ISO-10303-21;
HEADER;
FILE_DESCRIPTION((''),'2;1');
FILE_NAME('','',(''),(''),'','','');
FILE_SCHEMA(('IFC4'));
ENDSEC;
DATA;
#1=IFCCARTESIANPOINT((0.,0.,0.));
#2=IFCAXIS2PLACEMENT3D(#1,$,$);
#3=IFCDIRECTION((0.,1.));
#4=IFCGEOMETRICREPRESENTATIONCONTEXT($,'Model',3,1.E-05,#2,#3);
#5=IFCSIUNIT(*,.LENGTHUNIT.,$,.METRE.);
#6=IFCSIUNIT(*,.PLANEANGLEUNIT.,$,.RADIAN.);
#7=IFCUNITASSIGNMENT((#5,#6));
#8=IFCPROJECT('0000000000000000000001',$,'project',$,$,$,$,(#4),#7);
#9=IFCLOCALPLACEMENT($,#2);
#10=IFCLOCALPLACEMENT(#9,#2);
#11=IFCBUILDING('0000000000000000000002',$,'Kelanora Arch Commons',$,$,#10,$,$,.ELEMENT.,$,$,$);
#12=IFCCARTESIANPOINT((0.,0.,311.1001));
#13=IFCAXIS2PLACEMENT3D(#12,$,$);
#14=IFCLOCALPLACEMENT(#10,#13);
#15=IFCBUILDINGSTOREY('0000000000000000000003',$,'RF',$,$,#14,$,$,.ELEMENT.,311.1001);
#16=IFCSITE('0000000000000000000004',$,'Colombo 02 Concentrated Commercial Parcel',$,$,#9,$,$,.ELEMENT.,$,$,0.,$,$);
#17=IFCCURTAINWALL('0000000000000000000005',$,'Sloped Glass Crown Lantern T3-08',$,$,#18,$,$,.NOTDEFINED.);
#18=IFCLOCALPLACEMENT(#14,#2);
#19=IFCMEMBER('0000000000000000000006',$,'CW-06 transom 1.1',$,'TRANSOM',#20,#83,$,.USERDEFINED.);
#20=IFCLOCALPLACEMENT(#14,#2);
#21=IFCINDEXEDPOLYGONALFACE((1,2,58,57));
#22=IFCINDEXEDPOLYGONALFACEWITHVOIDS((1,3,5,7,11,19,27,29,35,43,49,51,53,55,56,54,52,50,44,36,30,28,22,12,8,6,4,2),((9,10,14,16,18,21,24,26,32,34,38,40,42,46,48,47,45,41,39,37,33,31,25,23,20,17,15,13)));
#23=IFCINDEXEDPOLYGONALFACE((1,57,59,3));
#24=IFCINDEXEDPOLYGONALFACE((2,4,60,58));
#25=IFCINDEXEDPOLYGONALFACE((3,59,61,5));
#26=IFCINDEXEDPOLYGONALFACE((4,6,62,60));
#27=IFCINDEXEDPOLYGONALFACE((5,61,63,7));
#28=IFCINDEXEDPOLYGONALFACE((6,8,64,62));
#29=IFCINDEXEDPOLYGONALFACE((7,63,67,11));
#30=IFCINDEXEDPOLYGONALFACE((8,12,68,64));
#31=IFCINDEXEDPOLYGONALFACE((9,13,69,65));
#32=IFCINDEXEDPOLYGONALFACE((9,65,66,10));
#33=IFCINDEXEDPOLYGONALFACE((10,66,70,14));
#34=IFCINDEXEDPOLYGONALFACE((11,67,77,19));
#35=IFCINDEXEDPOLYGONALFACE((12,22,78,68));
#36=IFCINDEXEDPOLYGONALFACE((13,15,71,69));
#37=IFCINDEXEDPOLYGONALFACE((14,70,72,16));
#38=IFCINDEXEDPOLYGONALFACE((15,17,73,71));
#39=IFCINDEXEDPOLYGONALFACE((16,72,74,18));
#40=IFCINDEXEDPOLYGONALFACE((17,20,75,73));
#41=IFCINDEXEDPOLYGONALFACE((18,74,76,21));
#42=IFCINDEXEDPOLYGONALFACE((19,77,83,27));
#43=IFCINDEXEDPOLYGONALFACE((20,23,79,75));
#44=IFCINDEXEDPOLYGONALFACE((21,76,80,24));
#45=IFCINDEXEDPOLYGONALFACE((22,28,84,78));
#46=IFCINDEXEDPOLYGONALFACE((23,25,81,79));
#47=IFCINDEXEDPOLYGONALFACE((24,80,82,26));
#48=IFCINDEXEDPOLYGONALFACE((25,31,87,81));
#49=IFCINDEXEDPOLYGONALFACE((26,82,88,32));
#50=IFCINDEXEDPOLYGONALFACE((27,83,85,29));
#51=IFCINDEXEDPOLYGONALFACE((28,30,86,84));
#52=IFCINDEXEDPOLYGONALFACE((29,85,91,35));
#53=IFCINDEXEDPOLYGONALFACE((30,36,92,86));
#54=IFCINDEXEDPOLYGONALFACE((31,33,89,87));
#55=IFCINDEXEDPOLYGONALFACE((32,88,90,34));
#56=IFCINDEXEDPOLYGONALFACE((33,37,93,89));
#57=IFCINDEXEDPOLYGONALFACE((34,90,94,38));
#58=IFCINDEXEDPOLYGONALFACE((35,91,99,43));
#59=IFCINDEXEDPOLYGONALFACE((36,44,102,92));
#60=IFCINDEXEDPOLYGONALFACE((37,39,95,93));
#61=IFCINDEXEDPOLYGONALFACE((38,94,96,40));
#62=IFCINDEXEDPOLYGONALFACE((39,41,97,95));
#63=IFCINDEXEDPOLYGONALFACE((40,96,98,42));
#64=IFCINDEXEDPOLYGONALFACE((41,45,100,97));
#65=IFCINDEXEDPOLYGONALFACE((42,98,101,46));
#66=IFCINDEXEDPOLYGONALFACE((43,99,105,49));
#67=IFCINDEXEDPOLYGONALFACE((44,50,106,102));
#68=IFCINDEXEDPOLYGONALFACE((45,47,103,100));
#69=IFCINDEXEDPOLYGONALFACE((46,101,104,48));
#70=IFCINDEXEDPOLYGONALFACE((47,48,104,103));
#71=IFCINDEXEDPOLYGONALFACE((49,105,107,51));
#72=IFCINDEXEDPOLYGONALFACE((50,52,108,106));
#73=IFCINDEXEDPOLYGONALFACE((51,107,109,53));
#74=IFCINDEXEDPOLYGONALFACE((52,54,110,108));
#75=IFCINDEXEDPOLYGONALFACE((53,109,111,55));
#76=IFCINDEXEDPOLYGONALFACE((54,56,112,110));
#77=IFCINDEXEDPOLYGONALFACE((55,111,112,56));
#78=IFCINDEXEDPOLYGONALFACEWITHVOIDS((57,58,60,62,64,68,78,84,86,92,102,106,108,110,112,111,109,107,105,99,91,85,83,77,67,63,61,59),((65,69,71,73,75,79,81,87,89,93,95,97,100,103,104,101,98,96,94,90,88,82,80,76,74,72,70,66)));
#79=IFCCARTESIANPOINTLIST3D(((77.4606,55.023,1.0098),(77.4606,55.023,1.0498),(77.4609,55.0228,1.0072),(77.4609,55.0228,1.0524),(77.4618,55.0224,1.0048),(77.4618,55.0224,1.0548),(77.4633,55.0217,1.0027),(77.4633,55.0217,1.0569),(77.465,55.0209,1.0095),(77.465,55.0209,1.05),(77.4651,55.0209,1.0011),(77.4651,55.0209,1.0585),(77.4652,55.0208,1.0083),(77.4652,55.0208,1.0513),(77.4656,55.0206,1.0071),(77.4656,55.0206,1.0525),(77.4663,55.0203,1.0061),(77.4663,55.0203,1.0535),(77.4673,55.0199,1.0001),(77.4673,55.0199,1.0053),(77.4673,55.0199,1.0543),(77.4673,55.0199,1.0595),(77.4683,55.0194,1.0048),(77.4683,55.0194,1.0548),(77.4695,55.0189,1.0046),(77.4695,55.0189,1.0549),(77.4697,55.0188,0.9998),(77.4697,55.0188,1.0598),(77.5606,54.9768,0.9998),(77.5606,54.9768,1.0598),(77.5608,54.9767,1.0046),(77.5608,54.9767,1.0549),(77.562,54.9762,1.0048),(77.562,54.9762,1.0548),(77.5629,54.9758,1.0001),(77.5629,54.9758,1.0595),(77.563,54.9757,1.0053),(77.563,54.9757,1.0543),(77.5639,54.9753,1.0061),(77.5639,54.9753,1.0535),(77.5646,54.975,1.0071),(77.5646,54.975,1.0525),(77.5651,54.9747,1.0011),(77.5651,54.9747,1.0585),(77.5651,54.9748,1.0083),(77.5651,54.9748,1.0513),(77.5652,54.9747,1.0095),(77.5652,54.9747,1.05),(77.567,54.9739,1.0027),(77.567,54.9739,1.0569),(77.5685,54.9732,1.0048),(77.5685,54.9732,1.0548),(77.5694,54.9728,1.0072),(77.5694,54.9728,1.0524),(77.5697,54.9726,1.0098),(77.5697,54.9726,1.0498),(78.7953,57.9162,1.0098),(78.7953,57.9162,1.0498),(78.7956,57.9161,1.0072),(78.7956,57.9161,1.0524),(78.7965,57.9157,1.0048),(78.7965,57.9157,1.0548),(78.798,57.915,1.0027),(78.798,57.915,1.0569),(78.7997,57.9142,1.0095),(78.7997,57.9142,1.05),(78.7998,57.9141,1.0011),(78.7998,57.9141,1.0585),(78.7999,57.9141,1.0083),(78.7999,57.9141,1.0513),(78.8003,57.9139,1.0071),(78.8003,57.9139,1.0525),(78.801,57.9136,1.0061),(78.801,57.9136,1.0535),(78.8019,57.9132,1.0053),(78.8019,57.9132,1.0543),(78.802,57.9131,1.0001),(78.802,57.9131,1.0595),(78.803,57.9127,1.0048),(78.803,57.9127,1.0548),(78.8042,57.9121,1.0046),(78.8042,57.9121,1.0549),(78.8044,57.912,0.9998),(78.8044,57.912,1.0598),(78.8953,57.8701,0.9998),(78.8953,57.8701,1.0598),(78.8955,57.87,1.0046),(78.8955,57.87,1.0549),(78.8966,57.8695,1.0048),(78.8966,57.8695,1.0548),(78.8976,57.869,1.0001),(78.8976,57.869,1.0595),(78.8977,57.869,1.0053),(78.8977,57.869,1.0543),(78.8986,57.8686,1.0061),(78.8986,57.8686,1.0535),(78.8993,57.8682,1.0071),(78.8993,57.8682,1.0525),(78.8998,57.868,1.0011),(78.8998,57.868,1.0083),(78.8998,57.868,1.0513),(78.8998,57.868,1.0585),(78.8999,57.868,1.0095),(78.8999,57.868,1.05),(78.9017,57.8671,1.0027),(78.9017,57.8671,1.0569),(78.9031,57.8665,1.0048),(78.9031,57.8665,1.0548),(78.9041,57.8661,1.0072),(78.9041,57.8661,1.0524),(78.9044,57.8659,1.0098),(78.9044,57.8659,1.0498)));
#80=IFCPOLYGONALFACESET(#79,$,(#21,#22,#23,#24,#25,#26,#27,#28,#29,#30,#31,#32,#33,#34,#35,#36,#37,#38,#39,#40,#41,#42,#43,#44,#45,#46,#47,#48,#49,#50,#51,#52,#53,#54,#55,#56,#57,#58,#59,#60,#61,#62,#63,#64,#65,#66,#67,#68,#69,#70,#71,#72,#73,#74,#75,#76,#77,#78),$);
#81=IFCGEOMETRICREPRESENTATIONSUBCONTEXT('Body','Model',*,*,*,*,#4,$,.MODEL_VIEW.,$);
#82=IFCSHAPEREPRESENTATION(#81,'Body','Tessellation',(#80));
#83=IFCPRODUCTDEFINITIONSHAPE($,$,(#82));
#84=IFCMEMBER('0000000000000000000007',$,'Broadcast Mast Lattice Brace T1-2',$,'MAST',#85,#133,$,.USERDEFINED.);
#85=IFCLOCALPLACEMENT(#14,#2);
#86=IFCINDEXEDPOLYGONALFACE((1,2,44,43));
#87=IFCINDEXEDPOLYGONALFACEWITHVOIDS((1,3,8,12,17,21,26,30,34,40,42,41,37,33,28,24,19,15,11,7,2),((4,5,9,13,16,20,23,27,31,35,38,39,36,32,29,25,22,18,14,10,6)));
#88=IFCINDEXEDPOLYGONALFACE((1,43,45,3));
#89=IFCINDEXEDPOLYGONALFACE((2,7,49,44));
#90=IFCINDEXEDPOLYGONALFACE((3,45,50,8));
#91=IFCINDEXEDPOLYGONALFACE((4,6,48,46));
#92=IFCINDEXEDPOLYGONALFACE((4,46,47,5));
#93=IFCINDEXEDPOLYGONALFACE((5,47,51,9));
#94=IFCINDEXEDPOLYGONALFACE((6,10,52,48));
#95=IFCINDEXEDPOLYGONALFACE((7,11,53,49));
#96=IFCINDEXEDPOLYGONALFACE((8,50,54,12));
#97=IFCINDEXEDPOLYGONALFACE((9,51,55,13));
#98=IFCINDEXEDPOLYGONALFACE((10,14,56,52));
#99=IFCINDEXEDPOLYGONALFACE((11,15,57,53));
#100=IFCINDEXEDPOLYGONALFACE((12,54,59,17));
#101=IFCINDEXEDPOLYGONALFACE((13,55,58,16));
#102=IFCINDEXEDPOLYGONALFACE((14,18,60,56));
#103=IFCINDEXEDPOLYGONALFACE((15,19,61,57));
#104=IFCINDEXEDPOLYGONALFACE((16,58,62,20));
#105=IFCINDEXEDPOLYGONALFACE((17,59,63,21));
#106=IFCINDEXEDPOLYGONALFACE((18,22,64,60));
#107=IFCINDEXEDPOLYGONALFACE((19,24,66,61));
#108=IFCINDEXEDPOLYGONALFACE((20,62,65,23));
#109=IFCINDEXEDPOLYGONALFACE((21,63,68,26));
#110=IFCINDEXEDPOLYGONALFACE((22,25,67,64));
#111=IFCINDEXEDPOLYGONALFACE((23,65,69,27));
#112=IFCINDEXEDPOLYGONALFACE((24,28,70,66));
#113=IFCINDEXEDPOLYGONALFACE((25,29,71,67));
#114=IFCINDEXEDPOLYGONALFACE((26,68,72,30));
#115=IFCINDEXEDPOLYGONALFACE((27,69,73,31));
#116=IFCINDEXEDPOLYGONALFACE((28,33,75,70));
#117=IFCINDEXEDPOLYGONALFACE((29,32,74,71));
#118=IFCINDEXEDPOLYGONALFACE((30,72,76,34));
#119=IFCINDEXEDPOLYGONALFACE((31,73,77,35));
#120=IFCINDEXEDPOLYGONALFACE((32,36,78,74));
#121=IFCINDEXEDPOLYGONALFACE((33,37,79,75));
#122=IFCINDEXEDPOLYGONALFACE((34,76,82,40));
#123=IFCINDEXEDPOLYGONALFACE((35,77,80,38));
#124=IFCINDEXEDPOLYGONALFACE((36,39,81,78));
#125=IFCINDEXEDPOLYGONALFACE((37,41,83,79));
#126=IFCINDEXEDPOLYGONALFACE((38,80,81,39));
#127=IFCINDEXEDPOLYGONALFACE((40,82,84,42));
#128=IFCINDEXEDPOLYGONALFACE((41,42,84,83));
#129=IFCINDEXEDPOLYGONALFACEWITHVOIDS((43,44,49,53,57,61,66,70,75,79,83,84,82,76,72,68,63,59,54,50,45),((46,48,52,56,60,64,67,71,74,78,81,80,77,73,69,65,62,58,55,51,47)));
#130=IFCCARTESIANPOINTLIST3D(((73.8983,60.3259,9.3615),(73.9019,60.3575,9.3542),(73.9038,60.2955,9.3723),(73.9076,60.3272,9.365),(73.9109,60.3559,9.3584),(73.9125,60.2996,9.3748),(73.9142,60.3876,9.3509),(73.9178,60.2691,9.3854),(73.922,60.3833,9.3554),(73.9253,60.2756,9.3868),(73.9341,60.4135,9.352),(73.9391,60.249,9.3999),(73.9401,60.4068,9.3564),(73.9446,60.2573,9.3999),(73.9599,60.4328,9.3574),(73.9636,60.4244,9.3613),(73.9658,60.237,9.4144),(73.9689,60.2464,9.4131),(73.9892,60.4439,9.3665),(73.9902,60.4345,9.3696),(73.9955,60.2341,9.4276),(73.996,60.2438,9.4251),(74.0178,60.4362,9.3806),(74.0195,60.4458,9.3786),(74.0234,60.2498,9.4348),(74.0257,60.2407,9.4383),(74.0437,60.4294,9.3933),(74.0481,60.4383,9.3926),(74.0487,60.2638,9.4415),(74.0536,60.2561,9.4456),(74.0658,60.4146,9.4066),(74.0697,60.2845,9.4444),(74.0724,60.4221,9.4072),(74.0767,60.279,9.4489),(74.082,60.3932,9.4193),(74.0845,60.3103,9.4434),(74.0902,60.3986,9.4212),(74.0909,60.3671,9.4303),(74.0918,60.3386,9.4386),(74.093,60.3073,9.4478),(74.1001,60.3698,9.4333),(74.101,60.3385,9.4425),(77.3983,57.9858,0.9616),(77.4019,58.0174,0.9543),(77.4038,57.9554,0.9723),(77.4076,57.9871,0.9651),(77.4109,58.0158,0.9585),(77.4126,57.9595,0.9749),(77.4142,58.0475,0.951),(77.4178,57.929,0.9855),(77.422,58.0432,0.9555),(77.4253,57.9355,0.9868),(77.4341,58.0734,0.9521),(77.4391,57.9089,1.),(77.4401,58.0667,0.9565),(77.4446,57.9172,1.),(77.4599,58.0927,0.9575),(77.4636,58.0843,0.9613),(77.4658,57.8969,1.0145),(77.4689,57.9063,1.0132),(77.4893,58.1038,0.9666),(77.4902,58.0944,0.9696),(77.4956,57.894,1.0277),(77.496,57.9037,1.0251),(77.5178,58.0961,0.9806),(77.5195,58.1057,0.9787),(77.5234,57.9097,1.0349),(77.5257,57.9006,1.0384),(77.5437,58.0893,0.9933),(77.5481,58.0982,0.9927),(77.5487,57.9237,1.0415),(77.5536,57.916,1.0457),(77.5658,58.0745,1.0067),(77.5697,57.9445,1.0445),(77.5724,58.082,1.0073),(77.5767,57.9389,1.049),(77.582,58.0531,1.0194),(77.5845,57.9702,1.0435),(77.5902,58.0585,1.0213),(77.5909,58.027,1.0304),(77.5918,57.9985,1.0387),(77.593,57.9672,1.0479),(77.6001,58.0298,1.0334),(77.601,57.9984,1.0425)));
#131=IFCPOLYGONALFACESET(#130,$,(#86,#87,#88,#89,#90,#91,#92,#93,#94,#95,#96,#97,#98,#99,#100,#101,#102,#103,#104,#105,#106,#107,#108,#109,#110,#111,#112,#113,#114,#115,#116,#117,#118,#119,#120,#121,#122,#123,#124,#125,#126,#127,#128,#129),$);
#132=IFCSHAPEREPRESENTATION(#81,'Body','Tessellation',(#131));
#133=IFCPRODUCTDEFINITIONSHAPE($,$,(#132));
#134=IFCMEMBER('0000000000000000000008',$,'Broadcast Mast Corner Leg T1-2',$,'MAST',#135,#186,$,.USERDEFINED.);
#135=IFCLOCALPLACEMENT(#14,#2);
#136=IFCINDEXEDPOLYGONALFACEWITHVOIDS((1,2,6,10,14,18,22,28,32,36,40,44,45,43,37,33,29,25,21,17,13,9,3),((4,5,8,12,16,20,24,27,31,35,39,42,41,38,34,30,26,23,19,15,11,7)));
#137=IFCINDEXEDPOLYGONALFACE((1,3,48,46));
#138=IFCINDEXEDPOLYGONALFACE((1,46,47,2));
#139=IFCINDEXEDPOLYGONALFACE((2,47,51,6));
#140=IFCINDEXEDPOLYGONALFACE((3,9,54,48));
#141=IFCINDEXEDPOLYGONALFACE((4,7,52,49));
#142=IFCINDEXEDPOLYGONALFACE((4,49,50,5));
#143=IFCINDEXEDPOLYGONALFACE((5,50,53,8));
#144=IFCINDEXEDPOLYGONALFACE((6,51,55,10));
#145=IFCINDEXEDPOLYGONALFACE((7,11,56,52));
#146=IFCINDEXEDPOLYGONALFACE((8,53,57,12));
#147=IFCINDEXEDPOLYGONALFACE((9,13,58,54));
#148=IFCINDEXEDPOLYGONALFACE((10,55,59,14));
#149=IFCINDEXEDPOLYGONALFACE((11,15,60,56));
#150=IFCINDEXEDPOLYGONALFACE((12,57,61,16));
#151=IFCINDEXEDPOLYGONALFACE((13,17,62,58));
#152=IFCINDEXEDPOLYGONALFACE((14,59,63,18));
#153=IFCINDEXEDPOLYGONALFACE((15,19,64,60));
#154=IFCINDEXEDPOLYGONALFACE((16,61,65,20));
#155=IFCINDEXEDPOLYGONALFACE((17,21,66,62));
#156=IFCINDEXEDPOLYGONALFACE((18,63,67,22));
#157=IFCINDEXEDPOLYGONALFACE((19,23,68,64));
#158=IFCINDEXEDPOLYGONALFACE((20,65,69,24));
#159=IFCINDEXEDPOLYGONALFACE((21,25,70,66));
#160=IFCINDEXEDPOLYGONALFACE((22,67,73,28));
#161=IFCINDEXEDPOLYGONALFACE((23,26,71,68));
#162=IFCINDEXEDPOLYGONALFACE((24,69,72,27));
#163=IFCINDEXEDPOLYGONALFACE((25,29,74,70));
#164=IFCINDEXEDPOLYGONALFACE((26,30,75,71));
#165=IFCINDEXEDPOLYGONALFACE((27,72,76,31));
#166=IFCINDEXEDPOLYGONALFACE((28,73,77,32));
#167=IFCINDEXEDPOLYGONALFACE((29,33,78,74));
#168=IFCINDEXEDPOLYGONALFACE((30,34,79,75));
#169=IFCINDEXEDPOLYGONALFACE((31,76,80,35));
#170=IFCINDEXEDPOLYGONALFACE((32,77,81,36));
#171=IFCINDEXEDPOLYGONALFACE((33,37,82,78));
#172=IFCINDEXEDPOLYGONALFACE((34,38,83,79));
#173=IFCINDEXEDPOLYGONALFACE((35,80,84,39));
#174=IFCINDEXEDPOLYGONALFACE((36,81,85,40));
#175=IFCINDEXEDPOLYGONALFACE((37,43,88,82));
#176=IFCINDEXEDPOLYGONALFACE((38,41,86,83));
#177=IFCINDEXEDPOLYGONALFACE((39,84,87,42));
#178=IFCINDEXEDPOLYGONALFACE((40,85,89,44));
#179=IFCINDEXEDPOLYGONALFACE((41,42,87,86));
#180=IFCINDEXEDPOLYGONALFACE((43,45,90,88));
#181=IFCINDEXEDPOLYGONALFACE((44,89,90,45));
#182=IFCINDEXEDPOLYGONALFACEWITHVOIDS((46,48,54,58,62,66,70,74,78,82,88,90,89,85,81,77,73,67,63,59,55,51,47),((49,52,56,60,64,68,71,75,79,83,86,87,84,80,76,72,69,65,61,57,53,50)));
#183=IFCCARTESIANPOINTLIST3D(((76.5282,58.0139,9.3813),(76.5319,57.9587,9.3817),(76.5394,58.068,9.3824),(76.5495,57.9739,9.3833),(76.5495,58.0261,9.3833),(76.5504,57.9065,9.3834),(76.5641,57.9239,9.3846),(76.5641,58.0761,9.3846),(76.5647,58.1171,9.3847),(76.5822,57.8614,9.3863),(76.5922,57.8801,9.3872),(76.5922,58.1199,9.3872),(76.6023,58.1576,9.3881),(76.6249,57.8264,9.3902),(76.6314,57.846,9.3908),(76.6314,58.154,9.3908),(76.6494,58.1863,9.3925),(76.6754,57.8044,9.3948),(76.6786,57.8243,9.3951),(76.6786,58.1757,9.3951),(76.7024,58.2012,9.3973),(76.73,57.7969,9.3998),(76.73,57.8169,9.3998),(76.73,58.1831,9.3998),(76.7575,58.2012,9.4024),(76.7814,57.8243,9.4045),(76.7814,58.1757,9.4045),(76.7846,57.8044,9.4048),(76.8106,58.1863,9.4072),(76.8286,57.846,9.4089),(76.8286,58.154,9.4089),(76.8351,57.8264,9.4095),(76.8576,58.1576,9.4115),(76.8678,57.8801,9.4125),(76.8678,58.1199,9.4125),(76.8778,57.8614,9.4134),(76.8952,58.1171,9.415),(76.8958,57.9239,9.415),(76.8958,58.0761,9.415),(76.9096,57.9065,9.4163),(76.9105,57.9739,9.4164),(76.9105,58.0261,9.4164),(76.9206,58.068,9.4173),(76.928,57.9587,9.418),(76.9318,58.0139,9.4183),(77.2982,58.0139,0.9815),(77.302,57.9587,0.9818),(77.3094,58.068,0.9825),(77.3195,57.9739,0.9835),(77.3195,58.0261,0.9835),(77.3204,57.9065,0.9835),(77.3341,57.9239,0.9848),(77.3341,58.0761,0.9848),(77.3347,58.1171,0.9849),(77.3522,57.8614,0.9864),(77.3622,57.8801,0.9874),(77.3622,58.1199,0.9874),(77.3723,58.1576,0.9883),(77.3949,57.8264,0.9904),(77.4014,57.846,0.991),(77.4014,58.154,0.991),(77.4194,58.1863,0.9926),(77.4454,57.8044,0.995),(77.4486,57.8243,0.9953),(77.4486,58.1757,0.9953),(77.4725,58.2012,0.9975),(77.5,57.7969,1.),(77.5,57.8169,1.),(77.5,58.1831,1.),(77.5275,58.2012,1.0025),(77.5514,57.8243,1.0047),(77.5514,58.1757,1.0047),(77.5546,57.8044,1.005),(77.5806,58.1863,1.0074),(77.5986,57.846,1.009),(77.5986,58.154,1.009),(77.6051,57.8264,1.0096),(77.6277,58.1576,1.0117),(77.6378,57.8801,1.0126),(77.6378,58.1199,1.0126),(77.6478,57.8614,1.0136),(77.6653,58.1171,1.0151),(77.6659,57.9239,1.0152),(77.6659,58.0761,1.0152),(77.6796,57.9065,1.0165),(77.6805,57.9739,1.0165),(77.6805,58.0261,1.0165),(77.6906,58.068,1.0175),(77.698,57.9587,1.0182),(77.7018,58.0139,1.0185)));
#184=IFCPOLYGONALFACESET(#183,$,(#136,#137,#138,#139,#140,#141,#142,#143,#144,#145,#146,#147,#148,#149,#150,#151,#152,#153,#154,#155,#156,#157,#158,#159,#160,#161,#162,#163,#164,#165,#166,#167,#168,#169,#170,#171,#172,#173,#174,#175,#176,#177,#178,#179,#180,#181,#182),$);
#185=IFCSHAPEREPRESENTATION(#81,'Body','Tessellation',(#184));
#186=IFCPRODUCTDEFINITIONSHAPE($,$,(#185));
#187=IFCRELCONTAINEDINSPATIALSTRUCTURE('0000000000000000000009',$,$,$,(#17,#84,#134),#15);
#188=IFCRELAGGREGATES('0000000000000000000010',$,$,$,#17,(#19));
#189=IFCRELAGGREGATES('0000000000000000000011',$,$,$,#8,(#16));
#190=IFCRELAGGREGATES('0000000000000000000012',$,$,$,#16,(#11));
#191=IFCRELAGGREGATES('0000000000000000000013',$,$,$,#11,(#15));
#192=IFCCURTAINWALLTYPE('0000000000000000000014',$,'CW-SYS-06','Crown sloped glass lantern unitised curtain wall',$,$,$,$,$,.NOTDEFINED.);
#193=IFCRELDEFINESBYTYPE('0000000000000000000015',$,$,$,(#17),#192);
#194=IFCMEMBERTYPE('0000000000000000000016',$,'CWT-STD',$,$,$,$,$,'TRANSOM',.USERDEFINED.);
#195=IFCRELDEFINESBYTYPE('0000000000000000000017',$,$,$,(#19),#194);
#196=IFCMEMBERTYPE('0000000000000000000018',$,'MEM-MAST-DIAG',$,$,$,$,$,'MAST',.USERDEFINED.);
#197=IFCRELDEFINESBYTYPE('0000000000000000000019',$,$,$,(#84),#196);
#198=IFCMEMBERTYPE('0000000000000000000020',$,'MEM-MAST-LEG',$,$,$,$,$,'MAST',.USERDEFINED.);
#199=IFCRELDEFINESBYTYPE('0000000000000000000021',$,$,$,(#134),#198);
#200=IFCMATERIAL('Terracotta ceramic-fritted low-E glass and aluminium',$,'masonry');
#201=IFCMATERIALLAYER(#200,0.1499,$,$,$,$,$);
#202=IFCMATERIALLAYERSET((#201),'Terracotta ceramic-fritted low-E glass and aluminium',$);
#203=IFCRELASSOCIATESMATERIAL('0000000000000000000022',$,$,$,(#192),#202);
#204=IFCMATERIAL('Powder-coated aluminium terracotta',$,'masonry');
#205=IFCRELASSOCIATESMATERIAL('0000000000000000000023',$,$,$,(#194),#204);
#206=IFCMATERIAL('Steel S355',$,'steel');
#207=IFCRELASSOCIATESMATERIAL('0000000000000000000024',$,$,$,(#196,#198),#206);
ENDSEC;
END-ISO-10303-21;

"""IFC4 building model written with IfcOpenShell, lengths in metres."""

from ifc_helpers import new_model, si_unit, direction, frame, origin, origin_2d, place, context, subcontext, project, spatial, hollow_rectangle, hollow_circle, extrude, material, layer, layer_set, material_profile, profile_set, type_object, element, aggregate, save


model = new_model("IFC4")

# Units and contexts
model_context = context("Model", 3, precision=1e-05, world=origin(), true_north=direction((0.0, 1.0)))
body_context = subcontext(model_context, "Body", "Model", "MODEL_VIEW")
ifc_project = project(units=[si_unit("LENGTHUNIT", "METRE"), si_unit("PLANEANGLEUNIT", "RADIAN")], contexts=[model_context])

# Site, building, storey
site_placement = place(None, origin())
site = spatial("IfcSite", under=ifc_project, at=site_placement, Name="Colombo 02 Concentrated Commercial Parcel", CompositionType="ELEMENT", RefElevation=0.0)
building_placement = place(site_placement, origin())
building = spatial("IfcBuilding", under=site, at=building_placement, Name="Kelanora Arch Commons", CompositionType="ELEMENT")
storey_placement = place(building_placement, frame((0.0, 0.0, 311.1001)))
storey = spatial("IfcBuildingStorey", under=building, at=storey_placement, Name="RF", CompositionType="ELEMENT", Elevation=311.1001)

# Curtain wall
ifc_material_1 = material(Name="Terracotta ceramic-fritted low-E glass and aluminium", Category="masonry")
ifc_layer_1 = layer(ifc_material_1, 0.1499)
ifc_layer_set_1 = layer_set([ifc_layer_1], Name="Terracotta ceramic-fritted low-E glass and aluminium")
curtain_wall_type = type_object("IfcCurtainWallType", Name="CW-SYS-06", Description="Crown sloped glass lantern unitised curtain wall", PredefinedType="NOTDEFINED", material=ifc_layer_set_1)
curtain_wall_1_placement = place(storey_placement, origin())
curtain_wall_1 = element("IfcCurtainWall", 1, at=curtain_wall_1_placement, inside=storey, type_object=curtain_wall_type, Name="Sloped Glass Crown Lantern T3-08", PredefinedType="NOTDEFINED")
ifc_material_2 = material(Name="Powder-coated aluminium terracotta", Category="masonry")

# Shared definitions
ifc_material_profile_1 = material_profile(ifc_material_2, hollow_rectangle(XDim=0.1201, YDim=0.0601, WallThickness=0.0049, InnerFilletRadius=0.0049, OuterFilletRadius=0.01, at=origin_2d()), Name="CWT120x60")
ifc_profile_set_1 = profile_set([ifc_material_profile_1], Name="Powder-coated aluminium terracotta")
member_type_1 = type_object("IfcMemberType", Name="CWT-STD", ElementType="TRANSOM", PredefinedType="USERDEFINED", material=ifc_profile_set_1)

# Member
member_1_placement = place(storey_placement, frame((77.5151, 54.9978, 1.0298), z_axis=(0.418888, 0.908038, 0.0), x_axis=(-0.908038, 0.418888, 0.0)))
member_1 = element("IfcMember", 2, at=member_1_placement, type_object=member_type_1, Name="CW-06 transom 1.1", ObjectType="TRANSOM", PredefinedType="USERDEFINED", context=body_context, shape_type="SweptSolid", body=[
    extrude(hollow_rectangle(XDim=0.1201, YDim=0.0601, WallThickness=0.0049, InnerFilletRadius=0.0049, OuterFilletRadius=0.01, at=origin_2d()), origin(), (0.0, 0.0, 1.0), 3.1863),
])

# Members
ifc_material_3 = material(Name="Steel S355", Category="steel")
ifc_material_profile_2 = material_profile(ifc_material_3, hollow_circle(Radius=0.1096, WallThickness=0.01, at=origin_2d()), Name="CHS219.1x10")
ifc_profile_set_2 = profile_set([ifc_material_profile_2], Name="Steel S355")
member_type_2 = type_object("IfcMemberType", Name="MEM-MAST-DIAG", ElementType="MAST", PredefinedType="USERDEFINED", material=ifc_profile_set_2)
member_2_placement = place(storey_placement, frame((77.5, 58.0, 1.0), z_axis=(-0.3725, 0.249052, 0.893989), x_axis=(-0.55581, -0.831309, 0.0)))
element("IfcMember", 3, at=member_2_placement, inside=storey, type_object=member_type_2, Name="Broadcast Mast Lattice Brace T1-2", ObjectType="MAST", PredefinedType="USERDEFINED", context=body_context, shape_type="SweptSolid", body=[
    extrude(hollow_circle(Radius=0.1096, WallThickness=0.01, at=origin_2d()), origin(), (0.0, 0.0, 1.0), 9.396),
])
ifc_material_profile_3 = material_profile(ifc_material_3, hollow_circle(Radius=0.2031, WallThickness=0.02, at=origin_2d()), Name="CHS406.4x20")
ifc_profile_set_3 = profile_set([ifc_material_profile_3], Name="Steel S355")
member_type_3 = type_object("IfcMemberType", Name="MEM-MAST-LEG", ElementType="MAST", PredefinedType="USERDEFINED", material=ifc_profile_set_3)
member_3_placement = place(storey_placement, frame((77.5, 58.0, 1.0), z_axis=(-0.091287, 0.0, 0.995825), x_axis=(0.0, -1.0, 0.0)))
element("IfcMember", 4, at=member_3_placement, inside=storey, type_object=member_type_3, Name="Broadcast Mast Corner Leg T1-2", ObjectType="MAST", PredefinedType="USERDEFINED", context=body_context, shape_type="SweptSolid", body=[
    extrude(hollow_circle(Radius=0.2031, WallThickness=0.02, at=origin_2d()), origin(), (0.0, 0.0, 1.0), 8.4351),
])

aggregate(curtain_wall_1, [member_1])

save(model, "model.ifc")
